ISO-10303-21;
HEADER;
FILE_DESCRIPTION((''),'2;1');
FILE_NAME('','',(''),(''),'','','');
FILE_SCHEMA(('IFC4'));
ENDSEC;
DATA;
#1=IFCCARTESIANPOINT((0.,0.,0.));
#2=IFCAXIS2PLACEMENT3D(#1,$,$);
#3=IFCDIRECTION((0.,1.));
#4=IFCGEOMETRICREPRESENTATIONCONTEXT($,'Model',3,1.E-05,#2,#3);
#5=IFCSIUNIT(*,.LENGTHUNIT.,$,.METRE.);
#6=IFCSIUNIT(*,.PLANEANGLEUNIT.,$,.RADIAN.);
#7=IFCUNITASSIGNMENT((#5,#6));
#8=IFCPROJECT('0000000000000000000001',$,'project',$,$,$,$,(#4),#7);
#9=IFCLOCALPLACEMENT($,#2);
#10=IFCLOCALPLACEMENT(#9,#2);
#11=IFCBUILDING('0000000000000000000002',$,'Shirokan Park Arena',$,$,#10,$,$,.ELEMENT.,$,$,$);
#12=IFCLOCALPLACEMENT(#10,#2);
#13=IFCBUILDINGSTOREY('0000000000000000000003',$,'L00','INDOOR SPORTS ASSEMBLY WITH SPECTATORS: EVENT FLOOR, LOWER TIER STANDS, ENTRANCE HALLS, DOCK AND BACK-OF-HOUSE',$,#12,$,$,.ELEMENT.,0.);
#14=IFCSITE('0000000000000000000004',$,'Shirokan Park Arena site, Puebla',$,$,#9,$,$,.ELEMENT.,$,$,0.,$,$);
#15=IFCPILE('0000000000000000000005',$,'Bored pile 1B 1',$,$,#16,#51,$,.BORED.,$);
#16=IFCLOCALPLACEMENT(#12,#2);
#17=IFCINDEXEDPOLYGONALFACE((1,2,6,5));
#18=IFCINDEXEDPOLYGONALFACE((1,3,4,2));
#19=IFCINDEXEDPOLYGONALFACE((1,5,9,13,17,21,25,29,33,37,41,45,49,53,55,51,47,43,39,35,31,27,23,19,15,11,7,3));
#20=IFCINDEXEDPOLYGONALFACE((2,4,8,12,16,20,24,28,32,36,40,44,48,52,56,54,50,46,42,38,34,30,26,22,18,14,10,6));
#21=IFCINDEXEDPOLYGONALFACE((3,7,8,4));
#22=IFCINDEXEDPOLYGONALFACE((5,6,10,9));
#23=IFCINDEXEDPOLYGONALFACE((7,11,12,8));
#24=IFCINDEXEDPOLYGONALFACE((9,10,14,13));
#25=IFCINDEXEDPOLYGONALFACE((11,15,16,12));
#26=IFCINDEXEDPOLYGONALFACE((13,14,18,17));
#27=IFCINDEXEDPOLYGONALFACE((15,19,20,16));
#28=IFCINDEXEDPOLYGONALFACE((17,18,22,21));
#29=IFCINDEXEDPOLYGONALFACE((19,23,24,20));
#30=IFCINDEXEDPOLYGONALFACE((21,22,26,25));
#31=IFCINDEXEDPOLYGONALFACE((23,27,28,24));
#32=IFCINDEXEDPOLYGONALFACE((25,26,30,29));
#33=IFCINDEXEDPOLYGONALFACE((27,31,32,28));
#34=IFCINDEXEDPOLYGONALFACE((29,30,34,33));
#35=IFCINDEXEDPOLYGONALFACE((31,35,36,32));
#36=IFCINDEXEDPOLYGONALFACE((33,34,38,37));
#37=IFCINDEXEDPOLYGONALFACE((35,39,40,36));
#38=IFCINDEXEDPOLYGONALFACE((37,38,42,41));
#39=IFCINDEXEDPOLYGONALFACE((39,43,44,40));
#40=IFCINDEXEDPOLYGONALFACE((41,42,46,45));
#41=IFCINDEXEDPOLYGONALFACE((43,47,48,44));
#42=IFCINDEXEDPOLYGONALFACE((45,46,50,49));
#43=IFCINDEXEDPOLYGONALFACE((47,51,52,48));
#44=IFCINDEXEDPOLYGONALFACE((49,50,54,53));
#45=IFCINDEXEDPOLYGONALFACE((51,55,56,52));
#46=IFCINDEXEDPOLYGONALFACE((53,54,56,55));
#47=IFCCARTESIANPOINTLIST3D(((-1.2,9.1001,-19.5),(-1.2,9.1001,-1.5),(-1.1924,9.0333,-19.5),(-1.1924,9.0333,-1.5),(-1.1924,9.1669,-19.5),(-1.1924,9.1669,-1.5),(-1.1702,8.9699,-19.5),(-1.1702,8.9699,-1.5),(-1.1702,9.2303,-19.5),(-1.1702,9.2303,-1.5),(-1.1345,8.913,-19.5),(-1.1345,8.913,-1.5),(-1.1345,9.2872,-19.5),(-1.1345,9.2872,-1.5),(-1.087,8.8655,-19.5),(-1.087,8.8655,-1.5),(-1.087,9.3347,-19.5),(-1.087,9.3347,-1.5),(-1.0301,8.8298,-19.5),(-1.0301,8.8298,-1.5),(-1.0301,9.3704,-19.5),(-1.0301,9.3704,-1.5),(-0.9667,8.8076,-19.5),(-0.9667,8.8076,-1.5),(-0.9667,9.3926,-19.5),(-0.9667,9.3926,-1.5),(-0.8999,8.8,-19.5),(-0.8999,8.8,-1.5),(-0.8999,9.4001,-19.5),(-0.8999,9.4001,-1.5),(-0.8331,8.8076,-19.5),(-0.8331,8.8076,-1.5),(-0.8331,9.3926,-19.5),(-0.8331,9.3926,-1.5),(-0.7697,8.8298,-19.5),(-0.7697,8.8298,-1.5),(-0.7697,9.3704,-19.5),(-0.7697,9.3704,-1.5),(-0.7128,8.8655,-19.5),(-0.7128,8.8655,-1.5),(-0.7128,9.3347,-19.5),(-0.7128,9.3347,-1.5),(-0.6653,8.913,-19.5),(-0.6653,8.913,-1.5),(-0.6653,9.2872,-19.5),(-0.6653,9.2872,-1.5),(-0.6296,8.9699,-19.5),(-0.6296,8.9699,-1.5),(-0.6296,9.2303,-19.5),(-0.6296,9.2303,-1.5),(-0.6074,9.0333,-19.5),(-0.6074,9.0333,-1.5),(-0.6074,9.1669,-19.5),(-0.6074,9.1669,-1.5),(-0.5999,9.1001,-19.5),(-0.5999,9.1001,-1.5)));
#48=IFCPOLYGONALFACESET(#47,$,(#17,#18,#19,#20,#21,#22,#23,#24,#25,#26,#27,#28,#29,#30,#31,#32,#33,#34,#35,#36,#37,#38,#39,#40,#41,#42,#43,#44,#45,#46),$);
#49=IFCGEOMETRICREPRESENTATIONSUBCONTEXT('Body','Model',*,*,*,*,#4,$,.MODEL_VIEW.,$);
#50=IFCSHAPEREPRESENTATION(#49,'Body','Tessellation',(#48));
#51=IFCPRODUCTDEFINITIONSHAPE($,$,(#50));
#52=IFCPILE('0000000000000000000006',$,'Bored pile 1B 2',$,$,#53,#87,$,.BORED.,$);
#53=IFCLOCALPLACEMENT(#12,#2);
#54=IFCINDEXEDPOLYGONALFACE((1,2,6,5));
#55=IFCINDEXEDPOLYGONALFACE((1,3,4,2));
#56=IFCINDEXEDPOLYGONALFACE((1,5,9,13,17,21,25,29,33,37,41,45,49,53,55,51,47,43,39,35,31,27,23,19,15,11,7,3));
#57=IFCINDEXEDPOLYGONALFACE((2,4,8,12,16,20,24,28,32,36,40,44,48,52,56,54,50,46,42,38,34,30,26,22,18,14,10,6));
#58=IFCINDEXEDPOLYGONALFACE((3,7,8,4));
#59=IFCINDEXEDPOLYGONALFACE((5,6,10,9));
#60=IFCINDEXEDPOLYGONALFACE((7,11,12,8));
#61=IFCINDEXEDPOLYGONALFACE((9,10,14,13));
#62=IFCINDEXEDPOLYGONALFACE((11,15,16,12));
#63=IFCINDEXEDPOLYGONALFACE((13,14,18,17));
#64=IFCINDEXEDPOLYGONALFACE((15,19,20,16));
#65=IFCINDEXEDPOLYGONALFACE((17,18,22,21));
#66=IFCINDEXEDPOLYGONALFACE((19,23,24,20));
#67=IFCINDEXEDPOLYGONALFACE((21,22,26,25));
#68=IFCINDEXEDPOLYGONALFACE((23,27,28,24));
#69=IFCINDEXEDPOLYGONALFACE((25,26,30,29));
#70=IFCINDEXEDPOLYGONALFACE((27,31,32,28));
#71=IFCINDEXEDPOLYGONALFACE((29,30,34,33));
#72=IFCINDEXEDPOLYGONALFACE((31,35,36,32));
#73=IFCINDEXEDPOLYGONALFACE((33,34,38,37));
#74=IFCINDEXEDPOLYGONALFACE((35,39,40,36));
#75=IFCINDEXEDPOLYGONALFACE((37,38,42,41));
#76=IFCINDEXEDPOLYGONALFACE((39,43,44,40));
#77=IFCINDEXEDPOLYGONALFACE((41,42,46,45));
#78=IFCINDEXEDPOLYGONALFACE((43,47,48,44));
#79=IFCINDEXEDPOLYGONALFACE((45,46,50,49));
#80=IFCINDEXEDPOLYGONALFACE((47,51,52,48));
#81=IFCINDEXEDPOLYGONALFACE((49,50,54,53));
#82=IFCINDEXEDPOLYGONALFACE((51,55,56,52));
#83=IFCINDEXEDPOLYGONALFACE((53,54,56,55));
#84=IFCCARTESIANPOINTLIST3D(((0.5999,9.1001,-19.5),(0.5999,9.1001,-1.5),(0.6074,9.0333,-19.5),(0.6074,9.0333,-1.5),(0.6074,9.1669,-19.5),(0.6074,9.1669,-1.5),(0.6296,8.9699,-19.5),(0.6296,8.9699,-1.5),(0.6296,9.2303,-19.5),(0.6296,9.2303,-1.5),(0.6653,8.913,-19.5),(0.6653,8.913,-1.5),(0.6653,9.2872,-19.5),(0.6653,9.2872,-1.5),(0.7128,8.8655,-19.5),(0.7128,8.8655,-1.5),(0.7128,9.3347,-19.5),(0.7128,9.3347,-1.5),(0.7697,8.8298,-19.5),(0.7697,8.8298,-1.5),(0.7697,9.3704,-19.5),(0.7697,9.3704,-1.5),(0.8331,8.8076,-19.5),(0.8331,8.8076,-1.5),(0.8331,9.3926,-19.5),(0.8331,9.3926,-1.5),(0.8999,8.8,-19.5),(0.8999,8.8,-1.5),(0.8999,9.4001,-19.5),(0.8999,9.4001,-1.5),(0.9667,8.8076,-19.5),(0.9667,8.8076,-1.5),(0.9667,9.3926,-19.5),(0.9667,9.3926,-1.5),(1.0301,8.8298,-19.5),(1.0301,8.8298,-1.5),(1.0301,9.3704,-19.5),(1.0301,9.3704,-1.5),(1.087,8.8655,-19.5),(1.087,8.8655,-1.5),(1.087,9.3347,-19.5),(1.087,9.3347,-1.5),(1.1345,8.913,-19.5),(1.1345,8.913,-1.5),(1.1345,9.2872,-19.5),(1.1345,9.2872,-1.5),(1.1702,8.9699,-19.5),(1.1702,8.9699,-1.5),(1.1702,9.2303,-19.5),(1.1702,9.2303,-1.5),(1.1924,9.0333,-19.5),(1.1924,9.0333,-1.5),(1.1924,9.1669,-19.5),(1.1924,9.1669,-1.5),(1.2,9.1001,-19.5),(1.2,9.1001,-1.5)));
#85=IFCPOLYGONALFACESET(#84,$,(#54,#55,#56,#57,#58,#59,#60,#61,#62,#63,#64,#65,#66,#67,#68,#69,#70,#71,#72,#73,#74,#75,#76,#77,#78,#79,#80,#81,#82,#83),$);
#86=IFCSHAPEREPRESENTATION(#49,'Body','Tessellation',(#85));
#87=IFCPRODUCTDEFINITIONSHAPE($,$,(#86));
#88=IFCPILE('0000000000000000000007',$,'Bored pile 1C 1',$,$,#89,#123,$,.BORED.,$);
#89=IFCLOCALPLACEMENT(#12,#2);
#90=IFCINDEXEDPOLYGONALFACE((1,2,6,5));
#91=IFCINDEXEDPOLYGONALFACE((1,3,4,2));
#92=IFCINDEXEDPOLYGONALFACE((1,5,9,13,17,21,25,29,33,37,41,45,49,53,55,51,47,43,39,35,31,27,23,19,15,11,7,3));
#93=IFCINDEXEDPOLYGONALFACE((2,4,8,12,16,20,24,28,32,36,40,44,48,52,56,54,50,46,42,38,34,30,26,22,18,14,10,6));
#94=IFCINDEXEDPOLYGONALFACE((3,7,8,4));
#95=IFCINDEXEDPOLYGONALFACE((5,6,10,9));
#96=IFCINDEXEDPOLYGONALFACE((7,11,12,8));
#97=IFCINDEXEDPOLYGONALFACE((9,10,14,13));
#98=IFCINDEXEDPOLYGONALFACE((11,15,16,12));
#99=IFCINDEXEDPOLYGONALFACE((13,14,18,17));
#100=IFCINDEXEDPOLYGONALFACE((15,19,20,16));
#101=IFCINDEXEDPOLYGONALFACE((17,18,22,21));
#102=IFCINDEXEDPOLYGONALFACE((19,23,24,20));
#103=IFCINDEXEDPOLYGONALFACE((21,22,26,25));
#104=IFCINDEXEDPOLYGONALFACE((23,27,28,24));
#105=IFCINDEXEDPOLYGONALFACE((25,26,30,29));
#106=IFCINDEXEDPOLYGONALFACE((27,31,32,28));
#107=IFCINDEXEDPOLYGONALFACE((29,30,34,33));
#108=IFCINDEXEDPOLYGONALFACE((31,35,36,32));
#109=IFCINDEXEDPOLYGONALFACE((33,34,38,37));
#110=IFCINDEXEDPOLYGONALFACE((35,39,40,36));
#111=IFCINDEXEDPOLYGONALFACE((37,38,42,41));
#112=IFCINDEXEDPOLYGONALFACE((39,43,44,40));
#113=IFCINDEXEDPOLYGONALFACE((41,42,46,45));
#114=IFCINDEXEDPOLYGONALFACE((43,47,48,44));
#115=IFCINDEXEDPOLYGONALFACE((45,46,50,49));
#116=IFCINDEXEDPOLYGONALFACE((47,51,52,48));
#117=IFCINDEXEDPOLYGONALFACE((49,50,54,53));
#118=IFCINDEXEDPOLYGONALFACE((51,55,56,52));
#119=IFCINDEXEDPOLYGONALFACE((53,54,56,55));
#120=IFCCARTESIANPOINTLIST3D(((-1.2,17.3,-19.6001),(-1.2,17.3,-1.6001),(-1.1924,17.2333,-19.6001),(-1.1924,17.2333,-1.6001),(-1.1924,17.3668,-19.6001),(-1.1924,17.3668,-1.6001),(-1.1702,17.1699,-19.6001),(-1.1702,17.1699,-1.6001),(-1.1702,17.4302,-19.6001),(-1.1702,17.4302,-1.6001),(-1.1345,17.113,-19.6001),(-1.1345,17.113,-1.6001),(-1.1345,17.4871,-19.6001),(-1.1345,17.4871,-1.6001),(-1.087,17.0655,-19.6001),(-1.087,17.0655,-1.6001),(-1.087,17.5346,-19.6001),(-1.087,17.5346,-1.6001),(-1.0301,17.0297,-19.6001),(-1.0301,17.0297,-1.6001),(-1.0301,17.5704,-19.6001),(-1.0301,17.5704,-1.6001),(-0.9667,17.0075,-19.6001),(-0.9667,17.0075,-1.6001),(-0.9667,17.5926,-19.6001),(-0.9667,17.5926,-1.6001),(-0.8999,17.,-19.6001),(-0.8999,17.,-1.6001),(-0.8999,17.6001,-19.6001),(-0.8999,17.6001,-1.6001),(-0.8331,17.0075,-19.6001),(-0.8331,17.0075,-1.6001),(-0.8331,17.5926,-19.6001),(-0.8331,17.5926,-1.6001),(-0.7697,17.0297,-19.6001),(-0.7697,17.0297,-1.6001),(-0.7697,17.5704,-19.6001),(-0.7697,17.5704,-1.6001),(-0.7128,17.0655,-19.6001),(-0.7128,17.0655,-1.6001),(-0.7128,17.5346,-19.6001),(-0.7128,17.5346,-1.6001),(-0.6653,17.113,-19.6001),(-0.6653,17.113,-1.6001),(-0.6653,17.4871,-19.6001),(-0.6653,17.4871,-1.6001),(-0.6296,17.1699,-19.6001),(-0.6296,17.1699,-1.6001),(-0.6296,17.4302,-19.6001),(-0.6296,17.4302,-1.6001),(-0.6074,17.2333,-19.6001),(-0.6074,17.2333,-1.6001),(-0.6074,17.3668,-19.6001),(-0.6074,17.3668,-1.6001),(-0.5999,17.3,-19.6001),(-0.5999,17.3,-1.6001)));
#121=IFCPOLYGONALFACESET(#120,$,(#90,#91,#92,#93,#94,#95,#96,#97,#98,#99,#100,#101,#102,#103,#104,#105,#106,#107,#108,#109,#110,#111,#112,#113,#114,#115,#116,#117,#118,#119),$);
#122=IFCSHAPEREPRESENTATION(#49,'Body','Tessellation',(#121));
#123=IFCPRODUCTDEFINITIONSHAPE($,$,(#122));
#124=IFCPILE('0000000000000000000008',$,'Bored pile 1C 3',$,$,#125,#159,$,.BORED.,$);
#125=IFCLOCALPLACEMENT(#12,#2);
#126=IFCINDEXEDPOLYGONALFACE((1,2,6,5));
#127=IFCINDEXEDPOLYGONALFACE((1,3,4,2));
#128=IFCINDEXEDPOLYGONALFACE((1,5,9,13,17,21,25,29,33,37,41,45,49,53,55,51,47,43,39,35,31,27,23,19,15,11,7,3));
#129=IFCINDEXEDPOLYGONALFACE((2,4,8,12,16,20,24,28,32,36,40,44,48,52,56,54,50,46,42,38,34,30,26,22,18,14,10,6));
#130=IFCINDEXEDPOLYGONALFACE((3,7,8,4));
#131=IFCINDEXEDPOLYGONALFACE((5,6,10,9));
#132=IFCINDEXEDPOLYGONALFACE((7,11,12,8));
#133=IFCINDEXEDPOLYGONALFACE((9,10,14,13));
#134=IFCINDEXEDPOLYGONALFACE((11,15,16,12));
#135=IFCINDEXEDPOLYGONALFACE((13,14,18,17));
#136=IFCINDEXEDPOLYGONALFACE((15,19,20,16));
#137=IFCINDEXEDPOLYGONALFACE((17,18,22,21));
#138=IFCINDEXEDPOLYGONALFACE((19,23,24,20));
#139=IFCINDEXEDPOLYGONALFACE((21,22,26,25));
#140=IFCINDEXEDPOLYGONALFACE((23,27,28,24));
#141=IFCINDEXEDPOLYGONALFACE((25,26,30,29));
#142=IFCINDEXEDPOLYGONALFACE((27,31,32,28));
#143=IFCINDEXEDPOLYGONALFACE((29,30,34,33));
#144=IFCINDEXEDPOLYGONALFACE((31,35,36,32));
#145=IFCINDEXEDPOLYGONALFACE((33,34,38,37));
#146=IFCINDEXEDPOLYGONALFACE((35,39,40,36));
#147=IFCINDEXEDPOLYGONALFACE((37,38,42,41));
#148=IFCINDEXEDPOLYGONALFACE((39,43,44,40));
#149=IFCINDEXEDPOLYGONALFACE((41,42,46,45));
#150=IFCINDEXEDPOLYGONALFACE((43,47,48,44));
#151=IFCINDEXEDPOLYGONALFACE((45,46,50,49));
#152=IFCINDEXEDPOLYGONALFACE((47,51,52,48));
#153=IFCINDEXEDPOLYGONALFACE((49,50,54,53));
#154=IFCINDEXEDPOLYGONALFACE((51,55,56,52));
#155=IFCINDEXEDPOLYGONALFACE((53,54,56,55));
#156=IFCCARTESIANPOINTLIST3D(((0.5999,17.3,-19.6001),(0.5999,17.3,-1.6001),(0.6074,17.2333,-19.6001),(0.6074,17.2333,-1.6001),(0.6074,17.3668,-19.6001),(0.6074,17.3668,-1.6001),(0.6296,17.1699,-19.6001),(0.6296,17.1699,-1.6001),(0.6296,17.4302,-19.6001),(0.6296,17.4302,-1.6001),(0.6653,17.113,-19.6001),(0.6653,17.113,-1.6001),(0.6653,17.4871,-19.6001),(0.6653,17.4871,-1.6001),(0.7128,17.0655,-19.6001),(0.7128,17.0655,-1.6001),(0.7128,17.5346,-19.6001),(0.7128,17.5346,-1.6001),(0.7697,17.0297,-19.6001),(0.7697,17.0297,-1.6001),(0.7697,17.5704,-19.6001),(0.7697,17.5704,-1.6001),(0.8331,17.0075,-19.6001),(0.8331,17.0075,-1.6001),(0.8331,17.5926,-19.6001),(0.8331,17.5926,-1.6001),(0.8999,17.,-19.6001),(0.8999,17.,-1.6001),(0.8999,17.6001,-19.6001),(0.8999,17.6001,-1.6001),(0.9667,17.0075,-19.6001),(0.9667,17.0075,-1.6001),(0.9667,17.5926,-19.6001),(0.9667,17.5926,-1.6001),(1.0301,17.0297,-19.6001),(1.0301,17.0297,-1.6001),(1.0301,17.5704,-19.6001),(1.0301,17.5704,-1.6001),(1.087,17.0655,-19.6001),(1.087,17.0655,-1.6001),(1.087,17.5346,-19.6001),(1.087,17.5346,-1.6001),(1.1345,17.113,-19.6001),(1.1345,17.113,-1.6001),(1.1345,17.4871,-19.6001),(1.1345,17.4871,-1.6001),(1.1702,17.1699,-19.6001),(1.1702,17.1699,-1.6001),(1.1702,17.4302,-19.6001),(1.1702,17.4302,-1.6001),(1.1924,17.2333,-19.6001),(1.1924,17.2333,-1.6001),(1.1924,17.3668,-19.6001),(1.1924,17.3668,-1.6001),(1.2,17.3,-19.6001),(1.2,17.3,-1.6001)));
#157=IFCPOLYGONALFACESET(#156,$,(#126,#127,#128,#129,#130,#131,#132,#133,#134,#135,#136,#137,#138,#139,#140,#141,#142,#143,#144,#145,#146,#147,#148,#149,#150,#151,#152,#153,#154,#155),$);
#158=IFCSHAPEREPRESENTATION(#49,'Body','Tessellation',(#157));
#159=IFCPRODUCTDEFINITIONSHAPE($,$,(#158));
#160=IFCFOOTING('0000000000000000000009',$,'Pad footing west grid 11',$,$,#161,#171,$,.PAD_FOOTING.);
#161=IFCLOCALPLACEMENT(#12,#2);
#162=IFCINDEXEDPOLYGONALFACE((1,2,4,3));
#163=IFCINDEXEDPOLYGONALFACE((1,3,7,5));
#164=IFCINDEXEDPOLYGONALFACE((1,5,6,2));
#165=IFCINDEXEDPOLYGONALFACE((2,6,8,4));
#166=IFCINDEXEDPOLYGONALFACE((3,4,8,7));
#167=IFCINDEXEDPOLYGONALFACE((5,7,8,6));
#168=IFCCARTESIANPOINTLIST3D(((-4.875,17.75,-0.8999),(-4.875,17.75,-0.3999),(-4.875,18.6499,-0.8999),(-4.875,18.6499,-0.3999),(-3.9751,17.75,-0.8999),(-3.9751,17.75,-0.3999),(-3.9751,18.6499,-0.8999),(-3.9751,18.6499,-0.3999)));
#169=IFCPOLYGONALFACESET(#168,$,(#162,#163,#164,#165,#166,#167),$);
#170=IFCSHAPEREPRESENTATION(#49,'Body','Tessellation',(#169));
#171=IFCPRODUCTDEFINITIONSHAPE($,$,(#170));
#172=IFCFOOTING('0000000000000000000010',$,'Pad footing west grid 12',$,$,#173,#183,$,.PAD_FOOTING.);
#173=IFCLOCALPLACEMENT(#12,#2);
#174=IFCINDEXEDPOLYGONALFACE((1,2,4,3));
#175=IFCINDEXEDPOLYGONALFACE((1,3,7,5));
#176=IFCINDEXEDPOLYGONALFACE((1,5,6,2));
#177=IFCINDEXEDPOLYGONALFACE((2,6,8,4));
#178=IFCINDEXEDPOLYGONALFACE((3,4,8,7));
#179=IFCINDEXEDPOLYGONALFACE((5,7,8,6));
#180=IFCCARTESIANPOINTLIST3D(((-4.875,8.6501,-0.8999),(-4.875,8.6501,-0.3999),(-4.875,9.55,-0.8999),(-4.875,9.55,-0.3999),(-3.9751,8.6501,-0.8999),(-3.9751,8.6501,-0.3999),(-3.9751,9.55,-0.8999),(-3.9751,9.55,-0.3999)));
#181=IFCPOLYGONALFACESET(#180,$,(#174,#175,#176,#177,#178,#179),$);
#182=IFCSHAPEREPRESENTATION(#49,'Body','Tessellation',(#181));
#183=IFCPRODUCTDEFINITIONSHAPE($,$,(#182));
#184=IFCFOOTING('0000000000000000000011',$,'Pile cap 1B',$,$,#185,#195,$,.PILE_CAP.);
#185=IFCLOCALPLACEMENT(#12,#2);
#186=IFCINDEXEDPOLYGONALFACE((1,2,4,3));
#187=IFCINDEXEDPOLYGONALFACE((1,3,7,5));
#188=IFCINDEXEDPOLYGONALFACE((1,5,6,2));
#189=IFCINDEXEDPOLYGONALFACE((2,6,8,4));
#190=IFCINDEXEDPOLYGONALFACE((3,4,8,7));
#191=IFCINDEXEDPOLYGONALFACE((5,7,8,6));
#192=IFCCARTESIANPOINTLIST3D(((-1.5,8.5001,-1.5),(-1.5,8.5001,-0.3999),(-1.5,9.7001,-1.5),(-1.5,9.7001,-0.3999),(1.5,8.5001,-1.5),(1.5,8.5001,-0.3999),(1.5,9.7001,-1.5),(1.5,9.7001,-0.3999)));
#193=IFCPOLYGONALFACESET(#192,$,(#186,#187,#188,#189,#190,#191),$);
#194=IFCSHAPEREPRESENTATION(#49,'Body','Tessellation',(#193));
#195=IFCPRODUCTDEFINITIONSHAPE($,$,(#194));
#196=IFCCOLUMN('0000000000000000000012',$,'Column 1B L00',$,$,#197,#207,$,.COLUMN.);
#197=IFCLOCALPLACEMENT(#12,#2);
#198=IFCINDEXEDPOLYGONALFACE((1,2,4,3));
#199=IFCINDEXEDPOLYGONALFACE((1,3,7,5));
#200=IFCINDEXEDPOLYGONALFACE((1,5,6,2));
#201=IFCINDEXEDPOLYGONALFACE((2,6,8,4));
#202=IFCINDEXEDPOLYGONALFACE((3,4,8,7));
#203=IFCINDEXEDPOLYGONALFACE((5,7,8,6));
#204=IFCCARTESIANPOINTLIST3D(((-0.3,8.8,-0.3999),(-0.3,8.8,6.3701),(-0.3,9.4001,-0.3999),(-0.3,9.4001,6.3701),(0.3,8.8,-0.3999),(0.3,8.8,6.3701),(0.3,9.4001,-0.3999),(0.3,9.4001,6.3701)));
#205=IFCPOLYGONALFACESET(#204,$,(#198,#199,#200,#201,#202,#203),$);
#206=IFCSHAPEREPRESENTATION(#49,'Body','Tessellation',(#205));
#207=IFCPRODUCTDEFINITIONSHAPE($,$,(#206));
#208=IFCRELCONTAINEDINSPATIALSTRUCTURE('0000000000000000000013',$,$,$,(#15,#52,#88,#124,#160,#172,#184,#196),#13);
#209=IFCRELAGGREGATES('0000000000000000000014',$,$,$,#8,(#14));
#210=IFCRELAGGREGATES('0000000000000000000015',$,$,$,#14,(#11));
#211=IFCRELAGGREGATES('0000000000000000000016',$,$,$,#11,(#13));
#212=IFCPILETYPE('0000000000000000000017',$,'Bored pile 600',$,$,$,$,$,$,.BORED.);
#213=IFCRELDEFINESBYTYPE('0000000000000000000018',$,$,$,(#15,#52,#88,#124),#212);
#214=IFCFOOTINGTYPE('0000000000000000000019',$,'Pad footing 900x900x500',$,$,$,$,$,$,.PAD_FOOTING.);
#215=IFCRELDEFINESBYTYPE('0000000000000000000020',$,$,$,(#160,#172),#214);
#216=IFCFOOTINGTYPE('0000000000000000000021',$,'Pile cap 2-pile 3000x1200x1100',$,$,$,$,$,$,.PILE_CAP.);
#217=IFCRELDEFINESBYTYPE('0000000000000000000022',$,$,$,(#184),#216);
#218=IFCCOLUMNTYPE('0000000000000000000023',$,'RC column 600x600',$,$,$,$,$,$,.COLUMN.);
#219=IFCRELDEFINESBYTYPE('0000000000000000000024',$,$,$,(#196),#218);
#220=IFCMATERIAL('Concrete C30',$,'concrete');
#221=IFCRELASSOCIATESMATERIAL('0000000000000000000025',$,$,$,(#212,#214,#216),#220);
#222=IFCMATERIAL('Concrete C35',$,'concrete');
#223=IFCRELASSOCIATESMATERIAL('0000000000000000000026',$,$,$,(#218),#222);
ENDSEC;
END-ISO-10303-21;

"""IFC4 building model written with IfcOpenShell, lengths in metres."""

from ifc_helpers import new_model, si_unit, direction, frame, origin, origin_2d, place, context, subcontext, project, spatial, rectangle, circle, extrude, material, material_profile, profile_set, type_object, element, save


model = new_model("IFC4")

# Units and contexts
model_context = context("Model", 3, precision=1e-05, world=origin(), true_north=direction((0.0, 1.0)))
body_context = subcontext(model_context, "Body", "Model", "MODEL_VIEW")
ifc_project = project(units=[si_unit("LENGTHUNIT", "METRE"), si_unit("PLANEANGLEUNIT", "RADIAN")], contexts=[model_context])

# Site, building, storey
site_placement = place(None, origin())
site = spatial("IfcSite", under=ifc_project, at=site_placement, Name="Shirokan Park Arena site, Puebla", CompositionType="ELEMENT", RefElevation=0.0)
building_placement = place(site_placement, origin())
building = spatial("IfcBuilding", under=site, at=building_placement, Name="Shirokan Park Arena", CompositionType="ELEMENT")
storey_placement = place(building_placement, origin())
storey = spatial("IfcBuildingStorey", under=building, at=storey_placement, Name="L00", Description="INDOOR SPORTS ASSEMBLY WITH SPECTATORS: EVENT FLOOR, LOWER TIER STANDS, ENTRANCE HALLS, DOCK AND BACK-OF-HOUSE", CompositionType="ELEMENT", Elevation=0.0)

# Piles
ifc_material_1 = material(Name="Concrete C30", Category="concrete")
ifc_material_profile_1 = material_profile(ifc_material_1, circle(Radius=0.3, at=origin_2d()), Name="D600")
ifc_profile_set_1 = profile_set([ifc_material_profile_1], Name="Concrete C30")
pile_type = type_object("IfcPileType", Name="Bored pile 600", PredefinedType="BORED", material=ifc_profile_set_1)
for number, where, z_axis, x_axis, name in (
    (1, (-0.8999, 9.1001, -1.5), (0.0, 0.0, -1.0), (1.0, 0.0, 0.0), "Bored pile 1B 1"),
    (2, (0.8999, 9.1001, -1.5), (0.0, 0.0, -1.0), (1.0, 0.0, 0.0), "Bored pile 1B 2"),
    (3, (-0.8999, 17.3, -1.6001), (0.0, 0.0, -1.0), (1.0, 0.0, 0.0), "Bored pile 1C 1"),
    (4, (0.8999, 17.3, -1.6001), (0.0, 0.0, -1.0), (1.0, 0.0, 0.0), "Bored pile 1C 3"),
):
    element("IfcPile", number, at=place(storey_placement, frame(where, z_axis=z_axis, x_axis=x_axis)), inside=storey, type_object=pile_type, Name=name, PredefinedType="BORED", context=body_context, shape_type="SweptSolid", body=[
        extrude(circle(Radius=0.3, at=origin_2d()), origin(), (0.0, 0.0, 1.0), 18.0),
    ])

# Footings
footing_type_1 = type_object("IfcFootingType", Name="Pad footing 900x900x500", PredefinedType="PAD_FOOTING", material=ifc_material_1)
for number, where, z_axis, x_axis, name in (
    (5, (-4.425, 18.2, -0.8999), (0.0, 0.0, 1.0), (1.0, 0.0, 0.0), "Pad footing west grid 11"),
    (6, (-4.425, 9.1001, -0.8999), (0.0, 0.0, 1.0), (1.0, 0.0, 0.0), "Pad footing west grid 12"),
):
    element("IfcFooting", number, at=place(storey_placement, frame(where, z_axis=z_axis, x_axis=x_axis)), inside=storey, type_object=footing_type_1, Name=name, PredefinedType="PAD_FOOTING", context=body_context, shape_type="SweptSolid", body=[
        extrude(rectangle(XDim=0.8999, YDim=0.8999, at=origin_2d()), origin(), (0.0, 0.0, 1.0), 0.5),
    ])
footing_type_2 = type_object("IfcFootingType", Name="Pile cap 2-pile 3000x1200x1100", PredefinedType="PILE_CAP", material=ifc_material_1)
footing_placement = place(storey_placement, frame((0.0, 9.1001, -1.5), z_axis=(0.0, 0.0, 1.0), x_axis=(1.0, 0.0, 0.0)))
element("IfcFooting", 7, at=footing_placement, inside=storey, type_object=footing_type_2, Name="Pile cap 1B", PredefinedType="PILE_CAP", context=body_context, shape_type="SweptSolid", body=[
    extrude(rectangle(XDim=3.0, YDim=1.2, at=origin_2d()), origin(), (0.0, 0.0, 1.0), 1.1001),
])

# Column
ifc_material_2 = material(Name="Concrete C35", Category="concrete")
ifc_material_profile_2 = material_profile(ifc_material_2, rectangle(XDim=0.6001, YDim=0.6001, at=origin_2d()), Name="600x600")
ifc_profile_set_2 = profile_set([ifc_material_profile_2], Name="Concrete C35")
column_type_1 = type_object("IfcColumnType", Name="RC column 600x600", PredefinedType="COLUMN", material=ifc_profile_set_2)
column_1_placement = place(storey_placement, frame((0.0, 9.1001, -0.3999), z_axis=(0.0, 0.0, 1.0), x_axis=(1.0, 0.0, 0.0)))
element("IfcColumn", 8, at=column_1_placement, inside=storey, type_object=column_type_1, Name="Column 1B L00", PredefinedType="COLUMN", context=body_context, shape_type="SweptSolid", body=[
    extrude(rectangle(XDim=0.6001, YDim=0.6001, at=origin_2d()), origin(), (0.0, 0.0, 1.0), 6.77),
])

save(model, "model.ifc")
